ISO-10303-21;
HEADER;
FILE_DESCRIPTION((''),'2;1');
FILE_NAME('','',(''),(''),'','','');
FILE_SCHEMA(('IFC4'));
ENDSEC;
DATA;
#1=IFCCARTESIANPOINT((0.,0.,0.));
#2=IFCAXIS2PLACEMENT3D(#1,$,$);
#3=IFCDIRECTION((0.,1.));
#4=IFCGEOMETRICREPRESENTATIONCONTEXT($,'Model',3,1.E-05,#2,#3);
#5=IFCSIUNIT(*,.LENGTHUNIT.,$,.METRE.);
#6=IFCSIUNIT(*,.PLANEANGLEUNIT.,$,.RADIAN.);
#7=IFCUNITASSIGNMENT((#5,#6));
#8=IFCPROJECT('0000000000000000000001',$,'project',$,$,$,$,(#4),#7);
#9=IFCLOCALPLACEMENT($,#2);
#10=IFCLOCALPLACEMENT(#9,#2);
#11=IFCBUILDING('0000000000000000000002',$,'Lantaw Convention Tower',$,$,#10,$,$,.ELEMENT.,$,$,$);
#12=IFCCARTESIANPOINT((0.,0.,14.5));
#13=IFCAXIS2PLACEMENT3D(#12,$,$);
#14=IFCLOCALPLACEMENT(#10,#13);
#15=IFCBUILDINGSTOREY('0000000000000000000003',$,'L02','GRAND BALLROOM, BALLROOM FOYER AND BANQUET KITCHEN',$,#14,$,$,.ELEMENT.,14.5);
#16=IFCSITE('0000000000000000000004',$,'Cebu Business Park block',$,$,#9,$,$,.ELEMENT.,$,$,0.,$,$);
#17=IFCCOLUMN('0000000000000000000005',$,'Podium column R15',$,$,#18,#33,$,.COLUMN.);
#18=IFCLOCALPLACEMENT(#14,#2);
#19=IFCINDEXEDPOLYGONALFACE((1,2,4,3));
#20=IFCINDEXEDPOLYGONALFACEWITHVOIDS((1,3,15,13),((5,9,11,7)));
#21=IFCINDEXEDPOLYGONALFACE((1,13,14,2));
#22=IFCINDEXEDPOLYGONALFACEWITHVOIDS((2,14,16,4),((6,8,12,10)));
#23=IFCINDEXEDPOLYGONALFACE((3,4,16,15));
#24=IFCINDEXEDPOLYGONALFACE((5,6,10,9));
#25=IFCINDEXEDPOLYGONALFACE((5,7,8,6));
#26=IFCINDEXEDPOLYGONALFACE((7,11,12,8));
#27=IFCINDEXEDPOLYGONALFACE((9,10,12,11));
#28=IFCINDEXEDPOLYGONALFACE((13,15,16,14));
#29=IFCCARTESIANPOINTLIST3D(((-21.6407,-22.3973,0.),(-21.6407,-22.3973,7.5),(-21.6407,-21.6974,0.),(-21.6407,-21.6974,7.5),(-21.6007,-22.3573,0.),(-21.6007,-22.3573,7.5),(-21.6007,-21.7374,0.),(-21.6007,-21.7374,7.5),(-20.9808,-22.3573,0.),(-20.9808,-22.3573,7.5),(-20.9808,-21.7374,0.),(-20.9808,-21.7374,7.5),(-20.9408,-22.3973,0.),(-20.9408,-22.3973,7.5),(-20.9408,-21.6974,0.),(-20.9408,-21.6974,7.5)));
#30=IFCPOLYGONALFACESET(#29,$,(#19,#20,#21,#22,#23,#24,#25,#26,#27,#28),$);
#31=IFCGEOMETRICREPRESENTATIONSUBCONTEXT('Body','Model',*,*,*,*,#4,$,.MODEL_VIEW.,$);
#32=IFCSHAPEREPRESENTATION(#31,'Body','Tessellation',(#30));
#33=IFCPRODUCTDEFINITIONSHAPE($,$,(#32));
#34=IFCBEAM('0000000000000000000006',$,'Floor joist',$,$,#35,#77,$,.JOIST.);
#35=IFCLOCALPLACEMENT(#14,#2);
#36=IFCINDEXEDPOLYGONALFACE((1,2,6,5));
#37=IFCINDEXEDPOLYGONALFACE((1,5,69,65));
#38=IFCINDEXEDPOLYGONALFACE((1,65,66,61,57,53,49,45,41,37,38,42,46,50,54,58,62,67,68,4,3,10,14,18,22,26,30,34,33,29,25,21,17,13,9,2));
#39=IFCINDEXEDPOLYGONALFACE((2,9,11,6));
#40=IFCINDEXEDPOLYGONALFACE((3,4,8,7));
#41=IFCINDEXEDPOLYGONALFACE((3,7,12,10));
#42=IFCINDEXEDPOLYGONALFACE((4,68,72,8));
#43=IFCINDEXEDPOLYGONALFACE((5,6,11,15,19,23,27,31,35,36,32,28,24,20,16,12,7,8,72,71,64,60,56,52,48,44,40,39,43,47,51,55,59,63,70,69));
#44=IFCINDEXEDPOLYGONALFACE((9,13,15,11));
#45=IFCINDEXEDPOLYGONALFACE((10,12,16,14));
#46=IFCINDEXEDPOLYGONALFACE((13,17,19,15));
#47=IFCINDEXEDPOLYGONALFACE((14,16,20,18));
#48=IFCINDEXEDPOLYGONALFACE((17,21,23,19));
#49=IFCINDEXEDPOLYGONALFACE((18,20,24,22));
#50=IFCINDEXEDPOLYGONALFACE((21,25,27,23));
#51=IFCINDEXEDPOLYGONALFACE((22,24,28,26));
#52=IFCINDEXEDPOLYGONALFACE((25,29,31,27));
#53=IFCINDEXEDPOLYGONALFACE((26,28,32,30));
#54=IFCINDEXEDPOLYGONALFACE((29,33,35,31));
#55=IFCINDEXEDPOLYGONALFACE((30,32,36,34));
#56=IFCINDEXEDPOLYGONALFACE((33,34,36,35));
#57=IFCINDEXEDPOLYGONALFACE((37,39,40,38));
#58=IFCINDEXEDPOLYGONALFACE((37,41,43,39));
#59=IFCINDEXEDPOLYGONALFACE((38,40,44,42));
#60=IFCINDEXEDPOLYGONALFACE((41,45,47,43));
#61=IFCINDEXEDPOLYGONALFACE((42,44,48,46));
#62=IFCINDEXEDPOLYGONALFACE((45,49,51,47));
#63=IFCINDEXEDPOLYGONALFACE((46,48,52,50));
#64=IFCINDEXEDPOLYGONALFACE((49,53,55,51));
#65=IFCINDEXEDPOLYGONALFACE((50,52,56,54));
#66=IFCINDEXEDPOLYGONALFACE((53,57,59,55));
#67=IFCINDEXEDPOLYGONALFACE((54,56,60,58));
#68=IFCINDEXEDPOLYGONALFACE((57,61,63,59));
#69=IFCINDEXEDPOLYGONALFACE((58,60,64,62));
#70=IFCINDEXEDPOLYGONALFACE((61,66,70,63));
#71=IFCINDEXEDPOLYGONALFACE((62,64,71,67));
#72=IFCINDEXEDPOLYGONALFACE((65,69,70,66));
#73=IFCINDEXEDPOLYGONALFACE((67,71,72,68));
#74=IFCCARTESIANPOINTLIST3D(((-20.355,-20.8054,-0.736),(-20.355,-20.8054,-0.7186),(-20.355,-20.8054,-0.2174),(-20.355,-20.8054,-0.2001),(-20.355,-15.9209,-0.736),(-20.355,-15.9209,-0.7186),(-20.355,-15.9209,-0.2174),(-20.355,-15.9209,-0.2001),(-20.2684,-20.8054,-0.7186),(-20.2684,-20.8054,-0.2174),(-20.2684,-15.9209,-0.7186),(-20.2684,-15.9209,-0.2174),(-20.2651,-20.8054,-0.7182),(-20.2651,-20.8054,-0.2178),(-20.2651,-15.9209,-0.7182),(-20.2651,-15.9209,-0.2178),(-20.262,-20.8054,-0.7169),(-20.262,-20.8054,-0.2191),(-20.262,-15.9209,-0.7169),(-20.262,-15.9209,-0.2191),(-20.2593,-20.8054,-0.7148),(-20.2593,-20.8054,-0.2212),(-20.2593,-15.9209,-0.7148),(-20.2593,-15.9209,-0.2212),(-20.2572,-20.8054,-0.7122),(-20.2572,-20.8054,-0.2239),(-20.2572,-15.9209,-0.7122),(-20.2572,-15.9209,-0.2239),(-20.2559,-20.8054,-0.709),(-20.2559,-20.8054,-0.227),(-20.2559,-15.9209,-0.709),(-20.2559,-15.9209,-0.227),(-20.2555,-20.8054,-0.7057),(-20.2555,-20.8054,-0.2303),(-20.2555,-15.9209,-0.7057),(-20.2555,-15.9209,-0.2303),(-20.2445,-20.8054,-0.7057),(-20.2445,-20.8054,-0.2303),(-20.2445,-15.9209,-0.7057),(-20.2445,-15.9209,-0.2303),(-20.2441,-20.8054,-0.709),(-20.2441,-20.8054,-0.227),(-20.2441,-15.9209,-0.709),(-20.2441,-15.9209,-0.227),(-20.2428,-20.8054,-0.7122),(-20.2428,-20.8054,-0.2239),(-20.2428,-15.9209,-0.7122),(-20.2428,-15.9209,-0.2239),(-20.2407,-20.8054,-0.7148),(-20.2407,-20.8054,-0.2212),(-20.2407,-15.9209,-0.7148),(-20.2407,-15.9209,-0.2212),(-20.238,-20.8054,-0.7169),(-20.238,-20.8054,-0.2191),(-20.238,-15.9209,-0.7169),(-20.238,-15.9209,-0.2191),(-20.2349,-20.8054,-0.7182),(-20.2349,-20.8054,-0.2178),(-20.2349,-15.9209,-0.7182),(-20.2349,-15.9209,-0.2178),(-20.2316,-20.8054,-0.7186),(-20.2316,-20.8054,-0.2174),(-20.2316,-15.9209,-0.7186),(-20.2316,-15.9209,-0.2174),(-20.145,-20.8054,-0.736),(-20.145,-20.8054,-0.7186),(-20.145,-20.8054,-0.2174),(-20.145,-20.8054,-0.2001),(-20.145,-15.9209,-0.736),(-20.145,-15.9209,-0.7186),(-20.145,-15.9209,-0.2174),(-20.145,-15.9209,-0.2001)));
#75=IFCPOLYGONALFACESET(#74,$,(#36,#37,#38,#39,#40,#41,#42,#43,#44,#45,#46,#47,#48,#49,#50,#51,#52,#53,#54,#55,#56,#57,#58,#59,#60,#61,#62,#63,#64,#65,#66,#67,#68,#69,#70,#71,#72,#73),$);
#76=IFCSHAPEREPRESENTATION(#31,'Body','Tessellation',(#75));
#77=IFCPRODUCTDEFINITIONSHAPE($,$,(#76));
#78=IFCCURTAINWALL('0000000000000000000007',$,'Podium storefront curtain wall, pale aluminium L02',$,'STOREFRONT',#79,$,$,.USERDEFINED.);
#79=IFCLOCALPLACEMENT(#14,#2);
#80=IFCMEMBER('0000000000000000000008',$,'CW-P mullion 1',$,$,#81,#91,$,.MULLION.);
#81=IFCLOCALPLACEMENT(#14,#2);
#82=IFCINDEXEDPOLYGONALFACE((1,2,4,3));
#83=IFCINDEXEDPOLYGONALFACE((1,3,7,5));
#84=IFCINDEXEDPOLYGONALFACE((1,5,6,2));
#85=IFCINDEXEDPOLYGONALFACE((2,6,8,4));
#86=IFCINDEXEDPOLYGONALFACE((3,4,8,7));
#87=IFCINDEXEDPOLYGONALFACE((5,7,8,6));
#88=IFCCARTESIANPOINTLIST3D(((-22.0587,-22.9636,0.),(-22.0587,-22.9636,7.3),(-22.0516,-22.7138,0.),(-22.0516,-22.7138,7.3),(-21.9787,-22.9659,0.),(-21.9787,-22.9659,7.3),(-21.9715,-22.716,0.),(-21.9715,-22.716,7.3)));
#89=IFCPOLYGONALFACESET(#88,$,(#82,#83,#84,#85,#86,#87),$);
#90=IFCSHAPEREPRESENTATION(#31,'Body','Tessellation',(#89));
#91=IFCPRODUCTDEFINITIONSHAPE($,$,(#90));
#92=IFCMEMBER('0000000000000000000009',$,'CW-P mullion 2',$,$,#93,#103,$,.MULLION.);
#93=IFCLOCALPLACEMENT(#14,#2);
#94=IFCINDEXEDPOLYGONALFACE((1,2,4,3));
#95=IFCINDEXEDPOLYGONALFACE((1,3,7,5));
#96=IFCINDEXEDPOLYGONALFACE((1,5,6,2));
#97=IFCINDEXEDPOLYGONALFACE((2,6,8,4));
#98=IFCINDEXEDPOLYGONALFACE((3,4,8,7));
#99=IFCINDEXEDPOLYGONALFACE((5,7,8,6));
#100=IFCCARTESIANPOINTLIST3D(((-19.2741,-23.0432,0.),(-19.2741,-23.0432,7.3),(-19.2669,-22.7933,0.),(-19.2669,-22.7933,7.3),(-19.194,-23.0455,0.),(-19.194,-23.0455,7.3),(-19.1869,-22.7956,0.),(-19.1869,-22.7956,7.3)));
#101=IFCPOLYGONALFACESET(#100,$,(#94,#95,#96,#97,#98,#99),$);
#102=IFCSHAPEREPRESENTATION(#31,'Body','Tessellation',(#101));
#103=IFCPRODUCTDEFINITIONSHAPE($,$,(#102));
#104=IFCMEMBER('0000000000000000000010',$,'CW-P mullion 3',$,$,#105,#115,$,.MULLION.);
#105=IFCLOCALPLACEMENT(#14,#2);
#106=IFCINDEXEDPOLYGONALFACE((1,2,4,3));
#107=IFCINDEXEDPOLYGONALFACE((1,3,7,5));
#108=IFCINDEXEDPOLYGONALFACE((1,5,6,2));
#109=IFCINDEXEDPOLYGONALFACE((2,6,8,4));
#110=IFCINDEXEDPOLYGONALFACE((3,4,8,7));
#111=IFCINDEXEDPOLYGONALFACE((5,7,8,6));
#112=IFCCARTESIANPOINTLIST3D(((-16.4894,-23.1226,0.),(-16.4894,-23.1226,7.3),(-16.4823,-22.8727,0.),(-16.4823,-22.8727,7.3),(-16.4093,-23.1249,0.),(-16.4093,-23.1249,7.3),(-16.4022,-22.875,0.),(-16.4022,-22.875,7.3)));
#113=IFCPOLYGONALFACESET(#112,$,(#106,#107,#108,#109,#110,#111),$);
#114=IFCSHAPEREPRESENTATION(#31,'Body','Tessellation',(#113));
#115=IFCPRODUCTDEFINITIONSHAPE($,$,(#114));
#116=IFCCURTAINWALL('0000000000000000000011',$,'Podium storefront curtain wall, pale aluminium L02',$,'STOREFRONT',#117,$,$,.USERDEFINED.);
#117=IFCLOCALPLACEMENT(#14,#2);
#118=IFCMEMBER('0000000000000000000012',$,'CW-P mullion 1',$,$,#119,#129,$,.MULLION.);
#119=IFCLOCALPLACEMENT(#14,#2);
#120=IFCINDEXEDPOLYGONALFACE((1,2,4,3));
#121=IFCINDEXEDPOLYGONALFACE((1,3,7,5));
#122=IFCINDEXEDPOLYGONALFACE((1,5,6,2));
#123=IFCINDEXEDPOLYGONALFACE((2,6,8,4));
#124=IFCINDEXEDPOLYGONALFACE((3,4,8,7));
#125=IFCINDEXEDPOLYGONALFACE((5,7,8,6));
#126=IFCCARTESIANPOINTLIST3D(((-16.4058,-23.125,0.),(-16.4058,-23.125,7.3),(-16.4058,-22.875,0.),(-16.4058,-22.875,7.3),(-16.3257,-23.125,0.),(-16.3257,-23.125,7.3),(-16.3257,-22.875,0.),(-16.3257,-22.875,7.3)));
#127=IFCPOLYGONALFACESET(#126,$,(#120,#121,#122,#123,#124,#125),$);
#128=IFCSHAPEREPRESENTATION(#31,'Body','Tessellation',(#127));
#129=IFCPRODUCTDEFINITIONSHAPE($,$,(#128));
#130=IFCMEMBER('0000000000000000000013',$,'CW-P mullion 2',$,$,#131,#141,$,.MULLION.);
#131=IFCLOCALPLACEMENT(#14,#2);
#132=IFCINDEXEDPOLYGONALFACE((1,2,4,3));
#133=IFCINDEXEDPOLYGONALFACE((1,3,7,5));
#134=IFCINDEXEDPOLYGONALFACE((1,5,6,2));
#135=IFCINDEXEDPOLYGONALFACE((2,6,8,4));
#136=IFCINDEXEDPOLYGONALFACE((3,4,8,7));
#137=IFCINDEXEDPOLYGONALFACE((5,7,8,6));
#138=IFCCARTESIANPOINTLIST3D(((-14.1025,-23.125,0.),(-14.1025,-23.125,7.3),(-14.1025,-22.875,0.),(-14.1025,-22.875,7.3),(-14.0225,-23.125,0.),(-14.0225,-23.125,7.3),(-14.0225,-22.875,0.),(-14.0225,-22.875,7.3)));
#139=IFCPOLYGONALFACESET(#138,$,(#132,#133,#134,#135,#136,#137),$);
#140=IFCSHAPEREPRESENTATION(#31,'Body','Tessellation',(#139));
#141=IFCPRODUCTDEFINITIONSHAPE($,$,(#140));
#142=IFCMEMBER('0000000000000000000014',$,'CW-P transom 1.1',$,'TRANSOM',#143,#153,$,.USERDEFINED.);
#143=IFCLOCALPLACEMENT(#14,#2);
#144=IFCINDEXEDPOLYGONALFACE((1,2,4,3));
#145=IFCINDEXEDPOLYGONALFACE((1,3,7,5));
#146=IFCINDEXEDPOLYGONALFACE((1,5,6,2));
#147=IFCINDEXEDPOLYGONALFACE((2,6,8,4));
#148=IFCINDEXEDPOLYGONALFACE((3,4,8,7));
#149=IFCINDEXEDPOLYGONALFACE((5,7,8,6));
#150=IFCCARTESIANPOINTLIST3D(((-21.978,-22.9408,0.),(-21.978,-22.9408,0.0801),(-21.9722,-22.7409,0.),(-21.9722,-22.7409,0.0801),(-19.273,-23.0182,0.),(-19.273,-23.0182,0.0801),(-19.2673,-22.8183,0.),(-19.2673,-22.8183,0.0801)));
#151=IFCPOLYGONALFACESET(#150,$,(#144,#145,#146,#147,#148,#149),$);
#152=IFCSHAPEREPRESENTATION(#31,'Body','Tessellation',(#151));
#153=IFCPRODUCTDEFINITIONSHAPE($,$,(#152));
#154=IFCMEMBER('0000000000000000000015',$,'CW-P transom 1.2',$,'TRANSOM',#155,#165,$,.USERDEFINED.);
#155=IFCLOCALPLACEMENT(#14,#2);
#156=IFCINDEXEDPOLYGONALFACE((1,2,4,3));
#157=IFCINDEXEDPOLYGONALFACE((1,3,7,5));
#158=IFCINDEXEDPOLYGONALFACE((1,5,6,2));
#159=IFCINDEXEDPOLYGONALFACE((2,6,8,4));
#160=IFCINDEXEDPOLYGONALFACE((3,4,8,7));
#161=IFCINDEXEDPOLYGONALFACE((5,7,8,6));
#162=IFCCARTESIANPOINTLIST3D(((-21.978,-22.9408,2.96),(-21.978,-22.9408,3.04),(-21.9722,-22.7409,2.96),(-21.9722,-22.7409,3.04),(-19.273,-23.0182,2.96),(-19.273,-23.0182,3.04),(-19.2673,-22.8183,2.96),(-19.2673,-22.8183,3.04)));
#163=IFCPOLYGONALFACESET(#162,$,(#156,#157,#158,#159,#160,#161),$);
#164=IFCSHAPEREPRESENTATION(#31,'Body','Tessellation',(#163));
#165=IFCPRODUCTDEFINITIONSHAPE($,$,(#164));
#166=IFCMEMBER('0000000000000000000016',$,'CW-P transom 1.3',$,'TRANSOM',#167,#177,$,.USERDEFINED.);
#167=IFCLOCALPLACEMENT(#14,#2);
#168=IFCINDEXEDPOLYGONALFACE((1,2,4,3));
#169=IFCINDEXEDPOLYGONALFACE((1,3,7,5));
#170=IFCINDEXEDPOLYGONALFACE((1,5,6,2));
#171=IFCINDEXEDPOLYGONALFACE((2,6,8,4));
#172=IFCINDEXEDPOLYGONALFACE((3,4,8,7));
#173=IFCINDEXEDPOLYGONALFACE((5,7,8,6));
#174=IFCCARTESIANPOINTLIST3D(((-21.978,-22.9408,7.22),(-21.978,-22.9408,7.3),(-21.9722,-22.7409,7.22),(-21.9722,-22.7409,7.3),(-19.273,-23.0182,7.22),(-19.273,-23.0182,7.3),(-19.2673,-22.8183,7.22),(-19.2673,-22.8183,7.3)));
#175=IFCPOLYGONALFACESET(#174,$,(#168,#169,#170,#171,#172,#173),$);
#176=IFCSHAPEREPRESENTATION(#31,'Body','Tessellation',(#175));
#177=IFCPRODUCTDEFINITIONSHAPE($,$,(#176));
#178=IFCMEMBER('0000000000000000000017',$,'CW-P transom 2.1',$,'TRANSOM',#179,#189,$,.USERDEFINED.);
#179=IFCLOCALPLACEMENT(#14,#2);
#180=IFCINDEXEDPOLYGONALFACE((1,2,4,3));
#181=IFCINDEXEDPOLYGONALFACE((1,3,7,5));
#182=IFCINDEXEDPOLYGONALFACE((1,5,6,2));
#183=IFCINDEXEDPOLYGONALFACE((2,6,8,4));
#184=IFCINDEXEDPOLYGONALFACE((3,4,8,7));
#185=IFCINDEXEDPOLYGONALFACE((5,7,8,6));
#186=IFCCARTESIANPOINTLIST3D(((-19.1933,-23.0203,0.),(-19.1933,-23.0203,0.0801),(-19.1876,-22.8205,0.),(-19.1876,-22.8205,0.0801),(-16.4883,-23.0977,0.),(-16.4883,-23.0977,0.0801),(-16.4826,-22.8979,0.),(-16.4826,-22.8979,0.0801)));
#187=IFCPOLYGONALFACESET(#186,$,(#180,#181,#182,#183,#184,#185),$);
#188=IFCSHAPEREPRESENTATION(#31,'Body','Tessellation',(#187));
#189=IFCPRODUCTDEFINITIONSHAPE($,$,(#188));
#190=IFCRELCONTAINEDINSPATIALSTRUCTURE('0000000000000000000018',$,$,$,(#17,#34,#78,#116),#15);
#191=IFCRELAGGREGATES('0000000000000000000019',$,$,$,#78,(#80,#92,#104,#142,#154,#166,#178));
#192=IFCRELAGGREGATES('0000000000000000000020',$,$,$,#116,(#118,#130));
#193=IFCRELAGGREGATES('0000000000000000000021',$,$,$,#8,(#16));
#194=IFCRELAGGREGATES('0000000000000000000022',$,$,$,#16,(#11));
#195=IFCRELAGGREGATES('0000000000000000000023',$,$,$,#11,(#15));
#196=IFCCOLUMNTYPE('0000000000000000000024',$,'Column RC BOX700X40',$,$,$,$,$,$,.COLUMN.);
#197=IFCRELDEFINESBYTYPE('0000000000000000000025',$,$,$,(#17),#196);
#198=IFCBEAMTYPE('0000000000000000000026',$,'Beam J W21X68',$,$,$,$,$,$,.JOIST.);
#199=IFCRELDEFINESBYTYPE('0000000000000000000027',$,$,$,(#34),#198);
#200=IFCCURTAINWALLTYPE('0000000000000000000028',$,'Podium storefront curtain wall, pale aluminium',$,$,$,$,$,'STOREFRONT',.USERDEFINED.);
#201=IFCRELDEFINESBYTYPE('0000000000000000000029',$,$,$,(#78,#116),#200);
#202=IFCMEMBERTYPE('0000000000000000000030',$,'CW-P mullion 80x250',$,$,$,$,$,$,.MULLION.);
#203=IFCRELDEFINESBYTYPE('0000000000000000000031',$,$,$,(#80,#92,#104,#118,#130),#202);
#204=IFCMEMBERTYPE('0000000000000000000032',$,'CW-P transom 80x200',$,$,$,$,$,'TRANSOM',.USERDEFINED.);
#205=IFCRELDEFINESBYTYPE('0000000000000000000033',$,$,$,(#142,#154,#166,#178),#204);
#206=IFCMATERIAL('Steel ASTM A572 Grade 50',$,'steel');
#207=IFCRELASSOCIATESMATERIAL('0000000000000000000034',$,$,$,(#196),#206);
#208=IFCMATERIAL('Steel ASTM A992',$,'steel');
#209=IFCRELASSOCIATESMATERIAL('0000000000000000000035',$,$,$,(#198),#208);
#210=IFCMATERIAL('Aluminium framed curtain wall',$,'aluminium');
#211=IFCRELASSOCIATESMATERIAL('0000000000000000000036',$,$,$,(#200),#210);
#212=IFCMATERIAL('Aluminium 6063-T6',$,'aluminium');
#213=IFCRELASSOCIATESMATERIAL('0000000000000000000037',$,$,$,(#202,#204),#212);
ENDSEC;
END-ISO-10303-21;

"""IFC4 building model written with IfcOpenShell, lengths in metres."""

from ifc_helpers import new_model, si_unit, direction, frame, origin, origin_2d, place, context, subcontext, project, spatial, rectangle, hollow_rectangle, i_section, extrude, material, material_profile, profile_set, type_object, element, aggregate, save


model = new_model("IFC4")

# Units and contexts
model_context = context("Model", 3, precision=1e-05, world=origin(), true_north=direction((0.0, 1.0)))
body_context = subcontext(model_context, "Body", "Model", "MODEL_VIEW")
ifc_project = project(units=[si_unit("LENGTHUNIT", "METRE"), si_unit("PLANEANGLEUNIT", "RADIAN")], contexts=[model_context])

# Site, building, storey
site_placement = place(None, origin())
site = spatial("IfcSite", under=ifc_project, at=site_placement, Name="Cebu Business Park block", CompositionType="ELEMENT", RefElevation=0.0)
building_placement = place(site_placement, origin())
building = spatial("IfcBuilding", under=site, at=building_placement, Name="Lantaw Convention Tower", CompositionType="ELEMENT")
storey_placement = place(building_placement, frame((0.0, 0.0, 14.5)))
storey = spatial("IfcBuildingStorey", under=building, at=storey_placement, Name="L02", Description="GRAND BALLROOM, BALLROOM FOYER AND BANQUET KITCHEN", CompositionType="ELEMENT", Elevation=14.5)

# Column
ifc_material_1 = material(Name="Steel ASTM A572 Grade 50", Category="steel")
ifc_material_profile_1 = material_profile(ifc_material_1, hollow_rectangle(XDim=0.7, YDim=0.7, WallThickness=0.04, at=origin_2d()), Name="BOX700X40")
ifc_profile_set_1 = profile_set([ifc_material_profile_1], Name="Steel ASTM A572 Grade 50")
column_type = type_object("IfcColumnType", Name="Column RC BOX700X40", PredefinedType="COLUMN", material=ifc_profile_set_1)
column_placement = place(storey_placement, frame((-21.2908, -22.0474, 0.0), z_axis=(0.0, 0.0, 1.0), x_axis=(1.0, 0.0, 0.0)))
element("IfcColumn", 1, at=column_placement, inside=storey, type_object=column_type, Name="Podium column R15", PredefinedType="COLUMN", context=body_context, shape_type="SweptSolid", body=[
    extrude(hollow_rectangle(XDim=0.7, YDim=0.7, WallThickness=0.04, at=origin_2d()), origin(), (0.0, 0.0, 1.0), 7.5),
])

# Beam
ifc_material_2 = material(Name="Steel ASTM A992", Category="steel")
ifc_material_profile_2 = material_profile(ifc_material_2, i_section(OverallWidth=0.21, OverallDepth=0.5359, WebThickness=0.011, FlangeThickness=0.0173, FilletRadius=0.0129, at=origin_2d()), Name="W21X68")
ifc_profile_set_2 = profile_set([ifc_material_profile_2], Name="Steel ASTM A992")
beam_type = type_object("IfcBeamType", Name="Beam J W21X68", PredefinedType="JOIST", material=ifc_profile_set_2)
beam_placement = place(storey_placement, frame((-20.25, -20.8054, -0.468), z_axis=(0.0, 1.0, 0.0), x_axis=(-1.0, 0.0, 0.0)))
element("IfcBeam", 2, at=beam_placement, inside=storey, type_object=beam_type, Name="Floor joist", PredefinedType="JOIST", context=body_context, shape_type="SweptSolid", body=[
    extrude(i_section(OverallWidth=0.21, OverallDepth=0.5359, WebThickness=0.011, FlangeThickness=0.0173, FilletRadius=0.0129, at=origin_2d()), origin(), (0.0, 0.0, 1.0), 4.8845),
])

# Curtain walls, members
ifc_material_3 = material(Name="Aluminium framed curtain wall", Category="aluminium")
curtain_wall_type = type_object("IfcCurtainWallType", Name="Podium storefront curtain wall, pale aluminium", ElementType="STOREFRONT", PredefinedType="USERDEFINED", material=ifc_material_3)
curtain_wall_1_placement = place(storey_placement, origin())
curtain_wall_1 = element("IfcCurtainWall", 3, at=curtain_wall_1_placement, inside=storey, type_object=curtain_wall_type, Name="Podium storefront curtain wall, pale aluminium L02", ObjectType="STOREFRONT", PredefinedType="USERDEFINED")
ifc_material_4 = material(Name="Aluminium 6063-T6", Category="aluminium")
ifc_material_profile_3 = material_profile(ifc_material_4, rectangle(XDim=0.25, YDim=0.0801, at=origin_2d()), Name="CW-P mullion 80x250")
ifc_profile_set_3 = profile_set([ifc_material_profile_3], Name="Aluminium 6063-T6")
member_type_1 = type_object("IfcMemberType", Name="CW-P mullion 80x250", PredefinedType="MULLION", material=ifc_profile_set_3)
member_1_placement = place(storey_placement, frame((-22.0151, -22.8398, 0.0), z_axis=(0.0, 0.0, 1.0), x_axis=(0.028552, 0.999592, 0.0)))
member_1 = element("IfcMember", 4, at=member_1_placement, type_object=member_type_1, Name="CW-P mullion 1", PredefinedType="MULLION", context=body_context, shape_type="SweptSolid", body=[
    extrude(rectangle(XDim=0.25, YDim=0.0801, at=origin_2d()), origin(), (0.0, 0.0, 1.0), 7.3),
])
member_2_placement = place(storey_placement, frame((-19.2305, -22.9194, 0.0), z_axis=(0.0, 0.0, 1.0), x_axis=(0.028552, 0.999592, 0.0)))
member_2 = element("IfcMember", 5, at=member_2_placement, type_object=member_type_1, Name="CW-P mullion 2", PredefinedType="MULLION", context=body_context, shape_type="SweptSolid", body=[
    extrude(rectangle(XDim=0.25, YDim=0.0801, at=origin_2d()), origin(), (0.0, 0.0, 1.0), 7.3),
])
member_3_placement = place(storey_placement, frame((-16.4458, -22.9988, 0.0), z_axis=(0.0, 0.0, 1.0), x_axis=(0.028552, 0.999592, 0.0)))
member_3 = element("IfcMember", 6, at=member_3_placement, type_object=member_type_1, Name="CW-P mullion 3", PredefinedType="MULLION", context=body_context, shape_type="SweptSolid", body=[
    extrude(rectangle(XDim=0.25, YDim=0.0801, at=origin_2d()), origin(), (0.0, 0.0, 1.0), 7.3),
])
curtain_wall_2_placement = place(storey_placement, origin())
curtain_wall_2 = element("IfcCurtainWall", 7, at=curtain_wall_2_placement, inside=storey, type_object=curtain_wall_type, Name="Podium storefront curtain wall, pale aluminium L02", ObjectType="STOREFRONT", PredefinedType="USERDEFINED")
member_4_placement = place(storey_placement, frame((-16.3657, -23.0, 0.0), z_axis=(0.0, 0.0, 1.0), x_axis=(0.0, 1.0, 0.0)))
member_4 = element("IfcMember", 8, at=member_4_placement, type_object=member_type_1, Name="CW-P mullion 1", PredefinedType="MULLION", context=body_context, shape_type="SweptSolid", body=[
    extrude(rectangle(XDim=0.25, YDim=0.0801, at=origin_2d()), origin(), (0.0, 0.0, 1.0), 7.3),
])
member_5_placement = place(storey_placement, frame((-14.0625, -23.0, 0.0), z_axis=(0.0, 0.0, 1.0), x_axis=(0.0, 1.0, 0.0)))
member_5 = element("IfcMember", 9, at=member_5_placement, type_object=member_type_1, Name="CW-P mullion 2", PredefinedType="MULLION", context=body_context, shape_type="SweptSolid", body=[
    extrude(rectangle(XDim=0.25, YDim=0.0801, at=origin_2d()), origin(), (0.0, 0.0, 1.0), 7.3),
])

# Members
ifc_material_profile_4 = material_profile(ifc_material_4, rectangle(XDim=0.2, YDim=0.0801, at=origin_2d()), Name="CW-P transom 80x200")
ifc_profile_set_4 = profile_set([ifc_material_profile_4], Name="Aluminium 6063-T6")
member_type_2 = type_object("IfcMemberType", Name="CW-P transom 80x200", ElementType="TRANSOM", PredefinedType="USERDEFINED", material=ifc_profile_set_4)
member_6_placement = place(storey_placement, frame((-21.9751, -22.8408, 0.04), z_axis=(0.999591, -0.028601, 0.0), x_axis=(0.028601, 0.999591, 0.0)))
member_6 = element("IfcMember", 10, at=member_6_placement, type_object=member_type_2, Name="CW-P transom 1.1", ObjectType="TRANSOM", PredefinedType="USERDEFINED", context=body_context, shape_type="SweptSolid", body=[
    extrude(rectangle(XDim=0.2, YDim=0.0801, at=origin_2d()), origin(), (0.0, 0.0, 1.0), 2.7061),
])
member_7_placement = place(storey_placement, frame((-21.9751, -22.8408, 3.0), z_axis=(0.999591, -0.028601, 0.0), x_axis=(0.028601, 0.999591, 0.0)))
member_7 = element("IfcMember", 11, at=member_7_placement, type_object=member_type_2, Name="CW-P transom 1.2", ObjectType="TRANSOM", PredefinedType="USERDEFINED", context=body_context, shape_type="SweptSolid", body=[
    extrude(rectangle(XDim=0.2, YDim=0.0801, at=origin_2d()), origin(), (0.0, 0.0, 1.0), 2.7061),
])
member_8_placement = place(storey_placement, frame((-21.9751, -22.8408, 7.26), z_axis=(0.999591, -0.028601, 0.0), x_axis=(0.028601, 0.999591, 0.0)))
member_8 = element("IfcMember", 12, at=member_8_placement, type_object=member_type_2, Name="CW-P transom 1.3", ObjectType="TRANSOM", PredefinedType="USERDEFINED", context=body_context, shape_type="SweptSolid", body=[
    extrude(rectangle(XDim=0.2, YDim=0.0801, at=origin_2d()), origin(), (0.0, 0.0, 1.0), 2.7061),
])
member_9_placement = place(storey_placement, frame((-19.1904, -22.9204, 0.04), z_axis=(0.999591, -0.028601, 0.0), x_axis=(0.028601, 0.999591, 0.0)))
member_9 = element("IfcMember", 13, at=member_9_placement, type_object=member_type_2, Name="CW-P transom 2.1", ObjectType="TRANSOM", PredefinedType="USERDEFINED", context=body_context, shape_type="SweptSolid", body=[
    extrude(rectangle(XDim=0.2, YDim=0.0801, at=origin_2d()), origin(), (0.0, 0.0, 1.0), 2.7061),
])

aggregate(curtain_wall_1, [member_1, member_2, member_3, member_6, member_7, member_8, member_9])
aggregate(curtain_wall_2, [member_4, member_5])

save(model, "model.ifc")
